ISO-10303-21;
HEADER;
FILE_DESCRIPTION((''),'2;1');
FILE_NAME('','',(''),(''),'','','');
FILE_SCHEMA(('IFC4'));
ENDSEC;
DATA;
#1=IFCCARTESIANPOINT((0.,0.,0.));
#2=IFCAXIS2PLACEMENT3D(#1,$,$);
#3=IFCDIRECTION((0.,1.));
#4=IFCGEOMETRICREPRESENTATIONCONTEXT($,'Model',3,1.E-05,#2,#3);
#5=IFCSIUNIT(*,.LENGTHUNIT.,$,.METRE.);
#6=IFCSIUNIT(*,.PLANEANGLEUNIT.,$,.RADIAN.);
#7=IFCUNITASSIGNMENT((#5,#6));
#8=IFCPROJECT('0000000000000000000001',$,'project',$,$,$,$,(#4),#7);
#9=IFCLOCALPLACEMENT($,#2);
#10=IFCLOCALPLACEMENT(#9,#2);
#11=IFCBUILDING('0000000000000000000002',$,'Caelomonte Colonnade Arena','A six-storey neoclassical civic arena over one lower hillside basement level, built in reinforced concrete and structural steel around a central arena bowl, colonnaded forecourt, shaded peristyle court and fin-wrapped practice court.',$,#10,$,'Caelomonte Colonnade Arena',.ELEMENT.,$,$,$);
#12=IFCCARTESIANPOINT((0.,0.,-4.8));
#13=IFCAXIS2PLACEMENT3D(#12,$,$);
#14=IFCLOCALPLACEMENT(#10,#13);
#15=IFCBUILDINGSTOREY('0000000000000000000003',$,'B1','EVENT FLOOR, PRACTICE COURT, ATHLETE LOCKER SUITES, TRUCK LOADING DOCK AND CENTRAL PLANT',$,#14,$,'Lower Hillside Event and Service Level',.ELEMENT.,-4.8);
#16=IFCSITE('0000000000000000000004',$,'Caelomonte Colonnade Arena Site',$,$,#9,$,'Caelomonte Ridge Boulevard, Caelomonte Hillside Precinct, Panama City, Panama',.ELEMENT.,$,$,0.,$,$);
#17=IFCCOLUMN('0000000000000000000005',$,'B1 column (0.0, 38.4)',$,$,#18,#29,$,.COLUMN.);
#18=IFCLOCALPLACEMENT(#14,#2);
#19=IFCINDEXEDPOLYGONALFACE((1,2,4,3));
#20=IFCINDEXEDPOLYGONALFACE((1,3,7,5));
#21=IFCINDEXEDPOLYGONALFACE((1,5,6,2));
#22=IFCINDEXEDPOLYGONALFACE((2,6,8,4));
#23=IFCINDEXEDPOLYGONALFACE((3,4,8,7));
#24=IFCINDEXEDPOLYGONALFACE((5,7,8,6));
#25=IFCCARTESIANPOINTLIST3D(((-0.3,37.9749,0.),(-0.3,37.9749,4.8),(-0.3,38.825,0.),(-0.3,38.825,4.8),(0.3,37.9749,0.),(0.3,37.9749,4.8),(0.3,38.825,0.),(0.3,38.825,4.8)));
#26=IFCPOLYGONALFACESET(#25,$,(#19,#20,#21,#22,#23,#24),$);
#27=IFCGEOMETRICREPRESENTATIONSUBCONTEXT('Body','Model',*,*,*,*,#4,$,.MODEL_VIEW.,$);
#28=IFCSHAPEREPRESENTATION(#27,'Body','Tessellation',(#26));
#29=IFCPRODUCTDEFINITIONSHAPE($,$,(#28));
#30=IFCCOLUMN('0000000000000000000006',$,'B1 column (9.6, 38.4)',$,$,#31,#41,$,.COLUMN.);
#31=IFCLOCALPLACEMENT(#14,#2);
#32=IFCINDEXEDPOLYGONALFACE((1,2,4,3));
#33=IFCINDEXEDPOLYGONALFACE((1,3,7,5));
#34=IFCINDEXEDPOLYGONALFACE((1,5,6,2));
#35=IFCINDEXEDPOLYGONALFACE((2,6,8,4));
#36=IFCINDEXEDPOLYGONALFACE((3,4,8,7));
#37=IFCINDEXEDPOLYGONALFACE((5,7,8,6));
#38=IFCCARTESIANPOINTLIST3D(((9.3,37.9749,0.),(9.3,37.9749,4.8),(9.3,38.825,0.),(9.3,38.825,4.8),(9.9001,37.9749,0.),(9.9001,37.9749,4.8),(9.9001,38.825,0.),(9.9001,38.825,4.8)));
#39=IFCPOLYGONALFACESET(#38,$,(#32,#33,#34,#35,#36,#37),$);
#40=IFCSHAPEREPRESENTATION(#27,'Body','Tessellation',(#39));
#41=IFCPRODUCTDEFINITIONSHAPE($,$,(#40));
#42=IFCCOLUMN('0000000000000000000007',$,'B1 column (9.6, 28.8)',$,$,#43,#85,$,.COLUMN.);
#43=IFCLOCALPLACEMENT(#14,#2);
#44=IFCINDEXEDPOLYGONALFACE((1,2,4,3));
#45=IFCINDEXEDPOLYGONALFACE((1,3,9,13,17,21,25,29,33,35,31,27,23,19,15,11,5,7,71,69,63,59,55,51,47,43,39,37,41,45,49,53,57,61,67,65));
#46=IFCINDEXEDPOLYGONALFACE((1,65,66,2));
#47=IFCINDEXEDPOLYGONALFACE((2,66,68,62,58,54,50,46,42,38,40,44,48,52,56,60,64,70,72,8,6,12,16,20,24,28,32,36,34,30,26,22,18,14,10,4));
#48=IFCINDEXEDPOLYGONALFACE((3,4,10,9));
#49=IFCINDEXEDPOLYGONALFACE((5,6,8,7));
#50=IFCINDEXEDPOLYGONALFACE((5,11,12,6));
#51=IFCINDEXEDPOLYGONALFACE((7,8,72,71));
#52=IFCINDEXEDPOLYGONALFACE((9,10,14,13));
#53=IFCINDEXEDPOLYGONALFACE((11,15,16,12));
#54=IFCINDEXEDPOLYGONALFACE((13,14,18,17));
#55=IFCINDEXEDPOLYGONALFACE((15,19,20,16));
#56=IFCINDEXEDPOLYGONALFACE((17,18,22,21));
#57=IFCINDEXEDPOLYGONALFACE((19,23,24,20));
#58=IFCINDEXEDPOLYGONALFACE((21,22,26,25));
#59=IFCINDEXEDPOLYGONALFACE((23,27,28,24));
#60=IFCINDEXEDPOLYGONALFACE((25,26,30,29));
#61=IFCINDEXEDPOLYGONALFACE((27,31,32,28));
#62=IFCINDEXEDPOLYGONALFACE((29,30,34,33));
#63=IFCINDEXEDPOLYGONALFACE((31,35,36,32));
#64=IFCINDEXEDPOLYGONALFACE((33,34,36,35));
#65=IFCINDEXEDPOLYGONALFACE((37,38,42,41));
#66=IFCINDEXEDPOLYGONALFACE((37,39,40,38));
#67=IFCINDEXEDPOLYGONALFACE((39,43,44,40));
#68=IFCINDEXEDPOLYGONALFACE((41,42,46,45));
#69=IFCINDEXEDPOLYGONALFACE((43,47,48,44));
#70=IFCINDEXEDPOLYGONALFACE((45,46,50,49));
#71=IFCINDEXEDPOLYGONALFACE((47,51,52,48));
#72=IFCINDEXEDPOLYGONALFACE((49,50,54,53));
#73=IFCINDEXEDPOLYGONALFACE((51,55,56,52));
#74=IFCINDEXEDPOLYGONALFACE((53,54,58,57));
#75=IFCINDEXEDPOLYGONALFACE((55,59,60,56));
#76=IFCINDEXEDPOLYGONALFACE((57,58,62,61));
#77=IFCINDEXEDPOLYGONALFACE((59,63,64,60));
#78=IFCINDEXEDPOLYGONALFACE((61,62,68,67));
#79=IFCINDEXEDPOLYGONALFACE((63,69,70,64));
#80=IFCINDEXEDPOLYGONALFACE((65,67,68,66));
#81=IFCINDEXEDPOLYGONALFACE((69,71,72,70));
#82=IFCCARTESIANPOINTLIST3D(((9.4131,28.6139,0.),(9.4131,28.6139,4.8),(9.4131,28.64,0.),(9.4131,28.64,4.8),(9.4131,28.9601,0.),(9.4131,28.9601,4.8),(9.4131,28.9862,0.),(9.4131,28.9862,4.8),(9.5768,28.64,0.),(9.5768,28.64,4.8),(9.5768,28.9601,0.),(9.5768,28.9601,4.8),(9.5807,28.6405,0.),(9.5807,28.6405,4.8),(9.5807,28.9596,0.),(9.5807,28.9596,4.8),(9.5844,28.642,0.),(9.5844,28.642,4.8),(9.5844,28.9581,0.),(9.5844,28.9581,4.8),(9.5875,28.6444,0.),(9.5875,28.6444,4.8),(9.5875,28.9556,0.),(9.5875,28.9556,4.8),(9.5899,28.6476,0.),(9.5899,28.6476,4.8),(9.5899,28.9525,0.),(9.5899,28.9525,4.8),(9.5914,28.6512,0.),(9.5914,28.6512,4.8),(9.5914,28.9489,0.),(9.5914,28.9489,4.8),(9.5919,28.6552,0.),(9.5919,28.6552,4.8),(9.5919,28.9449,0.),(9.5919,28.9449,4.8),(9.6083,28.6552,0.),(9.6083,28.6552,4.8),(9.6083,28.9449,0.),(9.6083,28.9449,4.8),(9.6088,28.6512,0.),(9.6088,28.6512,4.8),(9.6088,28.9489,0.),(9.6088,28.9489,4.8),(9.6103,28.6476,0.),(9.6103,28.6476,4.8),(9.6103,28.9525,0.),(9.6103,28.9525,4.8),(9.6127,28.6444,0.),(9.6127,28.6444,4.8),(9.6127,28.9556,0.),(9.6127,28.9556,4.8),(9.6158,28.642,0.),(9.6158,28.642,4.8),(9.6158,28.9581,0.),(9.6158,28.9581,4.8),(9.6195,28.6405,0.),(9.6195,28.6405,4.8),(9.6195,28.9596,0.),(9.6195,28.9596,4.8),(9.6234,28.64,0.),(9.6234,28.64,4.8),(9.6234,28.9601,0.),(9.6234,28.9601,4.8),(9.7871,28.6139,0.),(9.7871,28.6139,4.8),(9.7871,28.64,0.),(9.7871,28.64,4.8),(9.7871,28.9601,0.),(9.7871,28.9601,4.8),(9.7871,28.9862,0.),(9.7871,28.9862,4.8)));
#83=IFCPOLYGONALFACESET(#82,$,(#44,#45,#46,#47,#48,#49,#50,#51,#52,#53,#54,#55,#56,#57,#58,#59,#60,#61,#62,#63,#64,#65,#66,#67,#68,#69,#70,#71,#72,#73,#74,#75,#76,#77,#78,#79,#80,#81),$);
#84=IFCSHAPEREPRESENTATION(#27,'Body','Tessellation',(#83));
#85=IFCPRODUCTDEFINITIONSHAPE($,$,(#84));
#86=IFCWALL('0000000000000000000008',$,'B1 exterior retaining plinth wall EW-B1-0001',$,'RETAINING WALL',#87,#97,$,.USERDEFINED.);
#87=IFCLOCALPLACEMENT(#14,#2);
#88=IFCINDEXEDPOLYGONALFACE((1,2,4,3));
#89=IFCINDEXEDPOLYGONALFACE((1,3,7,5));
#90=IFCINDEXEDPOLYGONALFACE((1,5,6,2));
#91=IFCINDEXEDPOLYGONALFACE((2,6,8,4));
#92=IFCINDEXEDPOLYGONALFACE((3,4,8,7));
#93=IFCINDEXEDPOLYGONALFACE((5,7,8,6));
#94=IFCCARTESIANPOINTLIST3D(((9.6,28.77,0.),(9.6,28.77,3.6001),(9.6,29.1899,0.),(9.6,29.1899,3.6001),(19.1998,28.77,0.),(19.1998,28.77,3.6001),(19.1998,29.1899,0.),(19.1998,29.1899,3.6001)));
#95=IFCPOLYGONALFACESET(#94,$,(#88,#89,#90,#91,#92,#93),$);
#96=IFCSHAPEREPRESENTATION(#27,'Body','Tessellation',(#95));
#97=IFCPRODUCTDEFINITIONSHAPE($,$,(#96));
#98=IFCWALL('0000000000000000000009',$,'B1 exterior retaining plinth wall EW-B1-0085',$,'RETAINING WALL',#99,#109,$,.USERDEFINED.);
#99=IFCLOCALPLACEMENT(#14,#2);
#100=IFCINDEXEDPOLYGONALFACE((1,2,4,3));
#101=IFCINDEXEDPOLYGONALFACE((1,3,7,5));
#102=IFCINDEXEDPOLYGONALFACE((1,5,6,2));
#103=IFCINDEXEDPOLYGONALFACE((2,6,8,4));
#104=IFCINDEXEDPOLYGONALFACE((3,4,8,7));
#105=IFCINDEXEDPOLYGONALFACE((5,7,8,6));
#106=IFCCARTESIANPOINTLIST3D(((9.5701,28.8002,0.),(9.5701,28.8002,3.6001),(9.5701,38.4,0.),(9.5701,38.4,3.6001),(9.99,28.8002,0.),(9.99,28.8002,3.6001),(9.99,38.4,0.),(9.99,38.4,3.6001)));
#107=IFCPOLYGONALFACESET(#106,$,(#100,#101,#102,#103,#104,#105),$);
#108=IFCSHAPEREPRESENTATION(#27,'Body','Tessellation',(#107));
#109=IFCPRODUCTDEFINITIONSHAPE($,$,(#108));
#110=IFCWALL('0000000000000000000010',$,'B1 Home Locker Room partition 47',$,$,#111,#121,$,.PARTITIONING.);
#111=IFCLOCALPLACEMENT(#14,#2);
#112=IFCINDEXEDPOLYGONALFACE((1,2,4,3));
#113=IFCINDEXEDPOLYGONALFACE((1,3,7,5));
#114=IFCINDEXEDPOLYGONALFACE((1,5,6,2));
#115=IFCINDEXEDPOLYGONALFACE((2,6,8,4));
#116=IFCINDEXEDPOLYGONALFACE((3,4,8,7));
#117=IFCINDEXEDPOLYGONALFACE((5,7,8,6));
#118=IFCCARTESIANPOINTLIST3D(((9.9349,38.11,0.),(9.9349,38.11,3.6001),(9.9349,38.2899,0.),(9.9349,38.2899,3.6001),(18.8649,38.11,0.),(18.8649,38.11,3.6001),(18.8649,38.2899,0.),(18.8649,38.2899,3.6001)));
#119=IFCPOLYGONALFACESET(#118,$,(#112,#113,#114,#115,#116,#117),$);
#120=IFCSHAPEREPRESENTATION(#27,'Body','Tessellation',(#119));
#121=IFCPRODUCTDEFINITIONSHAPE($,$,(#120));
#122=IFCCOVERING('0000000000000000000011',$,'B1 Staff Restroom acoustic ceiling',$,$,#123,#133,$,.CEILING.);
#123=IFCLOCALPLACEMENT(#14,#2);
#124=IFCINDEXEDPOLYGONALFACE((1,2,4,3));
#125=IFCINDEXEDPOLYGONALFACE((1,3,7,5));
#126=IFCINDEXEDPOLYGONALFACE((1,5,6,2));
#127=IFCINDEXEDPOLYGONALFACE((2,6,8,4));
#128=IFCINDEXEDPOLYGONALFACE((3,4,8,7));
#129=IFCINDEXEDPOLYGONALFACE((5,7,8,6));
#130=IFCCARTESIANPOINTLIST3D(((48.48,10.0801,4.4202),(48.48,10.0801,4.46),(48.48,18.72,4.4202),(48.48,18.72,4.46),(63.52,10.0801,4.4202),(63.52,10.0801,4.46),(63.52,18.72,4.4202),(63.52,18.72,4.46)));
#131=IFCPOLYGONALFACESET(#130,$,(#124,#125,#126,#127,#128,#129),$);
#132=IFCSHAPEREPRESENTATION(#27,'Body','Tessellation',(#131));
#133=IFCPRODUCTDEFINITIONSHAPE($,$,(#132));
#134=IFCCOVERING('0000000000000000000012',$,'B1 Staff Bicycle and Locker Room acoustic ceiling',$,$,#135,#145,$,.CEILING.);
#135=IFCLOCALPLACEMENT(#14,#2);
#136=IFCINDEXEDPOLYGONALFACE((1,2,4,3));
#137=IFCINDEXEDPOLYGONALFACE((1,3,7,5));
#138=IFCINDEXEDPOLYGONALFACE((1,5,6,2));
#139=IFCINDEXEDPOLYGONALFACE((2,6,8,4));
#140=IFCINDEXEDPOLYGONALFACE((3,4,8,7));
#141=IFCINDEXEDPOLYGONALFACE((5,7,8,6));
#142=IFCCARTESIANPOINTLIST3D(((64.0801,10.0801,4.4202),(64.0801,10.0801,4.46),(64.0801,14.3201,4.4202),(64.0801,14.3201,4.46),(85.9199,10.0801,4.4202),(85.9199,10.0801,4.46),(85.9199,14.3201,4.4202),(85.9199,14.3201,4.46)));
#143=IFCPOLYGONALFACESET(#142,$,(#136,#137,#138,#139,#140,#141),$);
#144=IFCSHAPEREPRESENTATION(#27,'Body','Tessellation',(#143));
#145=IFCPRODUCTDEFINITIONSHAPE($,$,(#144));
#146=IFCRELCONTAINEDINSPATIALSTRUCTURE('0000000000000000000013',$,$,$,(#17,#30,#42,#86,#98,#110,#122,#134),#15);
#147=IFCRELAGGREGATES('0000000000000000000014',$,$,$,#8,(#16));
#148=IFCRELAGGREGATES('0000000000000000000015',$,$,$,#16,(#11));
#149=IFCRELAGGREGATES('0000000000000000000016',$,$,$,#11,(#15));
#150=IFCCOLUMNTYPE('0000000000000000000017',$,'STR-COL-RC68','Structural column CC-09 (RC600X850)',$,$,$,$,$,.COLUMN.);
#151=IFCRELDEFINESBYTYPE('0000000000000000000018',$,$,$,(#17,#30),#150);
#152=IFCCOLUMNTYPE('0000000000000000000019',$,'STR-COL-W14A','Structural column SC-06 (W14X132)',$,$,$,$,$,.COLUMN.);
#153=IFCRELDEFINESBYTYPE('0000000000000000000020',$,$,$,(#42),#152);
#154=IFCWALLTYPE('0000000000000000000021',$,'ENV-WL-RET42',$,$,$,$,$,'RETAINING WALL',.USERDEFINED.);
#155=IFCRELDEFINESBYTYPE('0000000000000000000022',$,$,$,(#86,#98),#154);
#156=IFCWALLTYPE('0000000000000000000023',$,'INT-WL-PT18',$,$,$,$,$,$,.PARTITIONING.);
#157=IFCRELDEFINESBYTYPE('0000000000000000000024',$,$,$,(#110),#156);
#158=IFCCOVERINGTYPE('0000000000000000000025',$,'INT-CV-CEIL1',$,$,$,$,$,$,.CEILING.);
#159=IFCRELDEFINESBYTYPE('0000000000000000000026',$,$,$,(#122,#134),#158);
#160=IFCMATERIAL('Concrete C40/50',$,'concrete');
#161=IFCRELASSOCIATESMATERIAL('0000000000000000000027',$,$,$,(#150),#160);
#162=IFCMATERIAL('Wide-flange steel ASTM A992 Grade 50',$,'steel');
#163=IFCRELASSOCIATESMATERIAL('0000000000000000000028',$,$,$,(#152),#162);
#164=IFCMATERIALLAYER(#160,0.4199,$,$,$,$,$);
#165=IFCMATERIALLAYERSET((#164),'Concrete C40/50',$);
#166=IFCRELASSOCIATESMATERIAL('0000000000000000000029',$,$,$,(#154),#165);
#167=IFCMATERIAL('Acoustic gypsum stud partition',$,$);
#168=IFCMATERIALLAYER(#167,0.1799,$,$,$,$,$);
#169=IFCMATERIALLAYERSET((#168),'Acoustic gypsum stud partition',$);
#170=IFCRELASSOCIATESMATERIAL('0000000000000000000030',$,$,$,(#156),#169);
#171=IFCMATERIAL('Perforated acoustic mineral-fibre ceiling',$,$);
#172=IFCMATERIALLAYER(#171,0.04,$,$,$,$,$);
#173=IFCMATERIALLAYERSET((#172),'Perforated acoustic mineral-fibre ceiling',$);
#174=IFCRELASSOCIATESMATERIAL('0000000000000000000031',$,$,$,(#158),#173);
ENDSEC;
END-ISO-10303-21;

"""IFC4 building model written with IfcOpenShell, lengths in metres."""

from ifc_helpers import new_model, si_unit, direction, frame, frame_2d, origin, origin_2d, place, context, subcontext, project, spatial, polyline, rectangle, i_section, outline, extrude, material, layer, layer_set, material_profile, profile_set, type_object, element, save


model = new_model("IFC4")

# Units and contexts
model_context = context("Model", 3, precision=1e-05, world=origin(), true_north=direction((0.0, 1.0)))
body_context = subcontext(model_context, "Body", "Model", "MODEL_VIEW")
ifc_project = project(units=[si_unit("LENGTHUNIT", "METRE"), si_unit("PLANEANGLEUNIT", "RADIAN")], contexts=[model_context])

# Site, building, storey
site_placement = place(None, origin())
site = spatial("IfcSite", under=ifc_project, at=site_placement, Name="Caelomonte Colonnade Arena Site", LongName="Caelomonte Ridge Boulevard, Caelomonte Hillside Precinct, Panama City, Panama", CompositionType="ELEMENT", RefElevation=0.0)
building_placement = place(site_placement, origin())
building = spatial("IfcBuilding", under=site, at=building_placement, Name="Caelomonte Colonnade Arena", Description="A six-storey neoclassical civic arena over one lower hillside basement level, built in reinforced concrete and structural steel around a central arena bowl, colonnaded forecourt, shaded peristyle court and fin-wrapped practice court.", LongName="Caelomonte Colonnade Arena", CompositionType="ELEMENT")
storey_placement = place(building_placement, frame((0.0, 0.0, -4.8)))
storey = spatial("IfcBuildingStorey", under=building, at=storey_placement, Name="B1", Description="EVENT FLOOR, PRACTICE COURT, ATHLETE LOCKER SUITES, TRUCK LOADING DOCK AND CENTRAL PLANT", LongName="Lower Hillside Event and Service Level", CompositionType="ELEMENT", Elevation=-4.8)

# Shared definitions
ifc_material_1 = material(Name="Concrete C40/50", Category="concrete")

# Columns
ifc_material_profile_1 = material_profile(ifc_material_1, rectangle(XDim=0.6001, YDim=0.8501, at=origin_2d()), Name="RC600X850")
ifc_profile_set_1 = profile_set([ifc_material_profile_1], Name="Concrete C40/50")
column_type_1 = type_object("IfcColumnType", Name="STR-COL-RC68", Description="Structural column CC-09 (RC600X850)", PredefinedType="COLUMN", material=ifc_profile_set_1)
for number, where, z_axis, x_axis, name in (
    (1, (0.0, 38.3999, 0.0), (0.0, 0.0, 1.0), (1.0, 0.0, 0.0), "B1 column (0.0, 38.4)"),
    (2, (9.6001, 38.3999, 0.0), (0.0, 0.0, 1.0), (1.0, 0.0, 0.0), "B1 column (9.6, 38.4)"),
):
    element("IfcColumn", number, at=place(storey_placement, frame(where, z_axis=z_axis, x_axis=x_axis)), inside=storey, type_object=column_type_1, Name=name, PredefinedType="COLUMN", context=body_context, shape_type="SweptSolid", body=[
        extrude(rectangle(XDim=0.6001, YDim=0.8501, at=origin_2d()), origin(), (0.0, 0.0, 1.0), 4.8),
    ])
ifc_material_2 = material(Name="Wide-flange steel ASTM A992 Grade 50", Category="steel")
ifc_material_profile_2 = material_profile(ifc_material_2, i_section(OverallWidth=0.374, OverallDepth=0.3723, WebThickness=0.0164, FlangeThickness=0.0261, FilletRadius=0.0151, at=origin_2d()), Name="W14X132")
ifc_profile_set_2 = profile_set([ifc_material_profile_2], Name="Wide-flange steel ASTM A992 Grade 50")
column_type_2 = type_object("IfcColumnType", Name="STR-COL-W14A", Description="Structural column SC-06 (W14X132)", PredefinedType="COLUMN", material=ifc_profile_set_2)
column_placement = place(storey_placement, frame((9.6001, 28.8, 0.0), z_axis=(0.0, 0.0, 1.0), x_axis=(1.0, 0.0, 0.0)))
element("IfcColumn", 3, at=column_placement, inside=storey, type_object=column_type_2, Name="B1 column (9.6, 28.8)", PredefinedType="COLUMN", context=body_context, shape_type="SweptSolid", body=[
    extrude(i_section(OverallWidth=0.374, OverallDepth=0.3723, WebThickness=0.0164, FlangeThickness=0.0261, FilletRadius=0.0151, at=origin_2d()), origin(), (0.0, 0.0, 1.0), 4.8),
])

# Walls
ifc_layer_1 = layer(ifc_material_1, 0.4199)
ifc_layer_set_1 = layer_set([ifc_layer_1], Name="Concrete C40/50")
wall_type_1 = type_object("IfcWallType", Name="ENV-WL-RET42", ElementType="RETAINING WALL", PredefinedType="USERDEFINED", material=ifc_layer_set_1)
for number, where, z_axis, x_axis, name in (
    (4, (9.6001, 28.98, 0.0), (0.0, 0.0, 1.0), (1.0, 0.0, 0.0), "B1 exterior retaining plinth wall EW-B1-0001"),
    (5, (9.78, 38.3999, 0.0), (0.0, 0.0, 1.0), (0.0, -1.0, 0.0), "B1 exterior retaining plinth wall EW-B1-0085"),
):
    element("IfcWall", number, at=place(storey_placement, frame(where, z_axis=z_axis, x_axis=x_axis)), inside=storey, type_object=wall_type_1, Name=name, ObjectType="RETAINING WALL", PredefinedType="USERDEFINED", context=body_context, shape_type="SweptSolid", body=[
        extrude(rectangle(XDim=9.5999, YDim=0.4199, at=frame_2d((4.7998, 0.0))), origin(), (0.0, 0.0, 1.0), 3.6001),
    ])
ifc_material_3 = material(Name="Acoustic gypsum stud partition")
ifc_layer_2 = layer(ifc_material_3, 0.1799)
ifc_layer_set_2 = layer_set([ifc_layer_2], Name="Acoustic gypsum stud partition")
wall_type_2 = type_object("IfcWallType", Name="INT-WL-PT18", PredefinedType="PARTITIONING", material=ifc_layer_set_2)
wall_placement = place(storey_placement, frame((9.9351, 38.2, 0.0), z_axis=(0.0, 0.0, 1.0), x_axis=(1.0, 0.0, 0.0)))
element("IfcWall", 6, at=wall_placement, inside=storey, type_object=wall_type_2, Name="B1 Home Locker Room partition 47", PredefinedType="PARTITIONING", context=body_context, shape_type="SweptSolid", body=[
    extrude(rectangle(XDim=8.9299, YDim=0.1799, at=frame_2d((4.4648, 0.0))), origin(), (0.0, 0.0, 1.0), 3.6001),
])

# Coverings
ifc_material_4 = material(Name="Perforated acoustic mineral-fibre ceiling")
ifc_layer_3 = layer(ifc_material_4, 0.04)
ifc_layer_set_3 = layer_set([ifc_layer_3], Name="Perforated acoustic mineral-fibre ceiling")
covering_type_1 = type_object("IfcCoveringType", Name="INT-CV-CEIL1", PredefinedType="CEILING", material=ifc_layer_set_3)
covering_1_placement = place(storey_placement, frame((0.0, 0.0, 4.4202)))
element("IfcCovering", 7, at=covering_1_placement, inside=storey, type_object=covering_type_1, Name="B1 Staff Restroom acoustic ceiling", PredefinedType="CEILING", context=body_context, shape_type="SweptSolid", body=[
    extrude(outline(polyline([(63.52, 18.72), (48.48, 18.72), (48.48, 10.0801), (63.52, 10.0801), (63.52, 18.72)])), origin(), (0.0, 0.0, 1.0), 0.0398),
])
covering_2_placement = place(storey_placement, frame((0.0, 0.0, 4.4202)))
element("IfcCovering", 8, at=covering_2_placement, inside=storey, type_object=covering_type_1, Name="B1 Staff Bicycle and Locker Room acoustic ceiling", PredefinedType="CEILING", context=body_context, shape_type="SweptSolid", body=[
    extrude(outline(polyline([(85.9199, 14.3201), (64.0801, 14.3201), (64.0801, 10.0801), (85.9199, 10.0801), (85.9199, 14.3201)])), origin(), (0.0, 0.0, 1.0), 0.0398),
])

save(model, "model.ifc")
